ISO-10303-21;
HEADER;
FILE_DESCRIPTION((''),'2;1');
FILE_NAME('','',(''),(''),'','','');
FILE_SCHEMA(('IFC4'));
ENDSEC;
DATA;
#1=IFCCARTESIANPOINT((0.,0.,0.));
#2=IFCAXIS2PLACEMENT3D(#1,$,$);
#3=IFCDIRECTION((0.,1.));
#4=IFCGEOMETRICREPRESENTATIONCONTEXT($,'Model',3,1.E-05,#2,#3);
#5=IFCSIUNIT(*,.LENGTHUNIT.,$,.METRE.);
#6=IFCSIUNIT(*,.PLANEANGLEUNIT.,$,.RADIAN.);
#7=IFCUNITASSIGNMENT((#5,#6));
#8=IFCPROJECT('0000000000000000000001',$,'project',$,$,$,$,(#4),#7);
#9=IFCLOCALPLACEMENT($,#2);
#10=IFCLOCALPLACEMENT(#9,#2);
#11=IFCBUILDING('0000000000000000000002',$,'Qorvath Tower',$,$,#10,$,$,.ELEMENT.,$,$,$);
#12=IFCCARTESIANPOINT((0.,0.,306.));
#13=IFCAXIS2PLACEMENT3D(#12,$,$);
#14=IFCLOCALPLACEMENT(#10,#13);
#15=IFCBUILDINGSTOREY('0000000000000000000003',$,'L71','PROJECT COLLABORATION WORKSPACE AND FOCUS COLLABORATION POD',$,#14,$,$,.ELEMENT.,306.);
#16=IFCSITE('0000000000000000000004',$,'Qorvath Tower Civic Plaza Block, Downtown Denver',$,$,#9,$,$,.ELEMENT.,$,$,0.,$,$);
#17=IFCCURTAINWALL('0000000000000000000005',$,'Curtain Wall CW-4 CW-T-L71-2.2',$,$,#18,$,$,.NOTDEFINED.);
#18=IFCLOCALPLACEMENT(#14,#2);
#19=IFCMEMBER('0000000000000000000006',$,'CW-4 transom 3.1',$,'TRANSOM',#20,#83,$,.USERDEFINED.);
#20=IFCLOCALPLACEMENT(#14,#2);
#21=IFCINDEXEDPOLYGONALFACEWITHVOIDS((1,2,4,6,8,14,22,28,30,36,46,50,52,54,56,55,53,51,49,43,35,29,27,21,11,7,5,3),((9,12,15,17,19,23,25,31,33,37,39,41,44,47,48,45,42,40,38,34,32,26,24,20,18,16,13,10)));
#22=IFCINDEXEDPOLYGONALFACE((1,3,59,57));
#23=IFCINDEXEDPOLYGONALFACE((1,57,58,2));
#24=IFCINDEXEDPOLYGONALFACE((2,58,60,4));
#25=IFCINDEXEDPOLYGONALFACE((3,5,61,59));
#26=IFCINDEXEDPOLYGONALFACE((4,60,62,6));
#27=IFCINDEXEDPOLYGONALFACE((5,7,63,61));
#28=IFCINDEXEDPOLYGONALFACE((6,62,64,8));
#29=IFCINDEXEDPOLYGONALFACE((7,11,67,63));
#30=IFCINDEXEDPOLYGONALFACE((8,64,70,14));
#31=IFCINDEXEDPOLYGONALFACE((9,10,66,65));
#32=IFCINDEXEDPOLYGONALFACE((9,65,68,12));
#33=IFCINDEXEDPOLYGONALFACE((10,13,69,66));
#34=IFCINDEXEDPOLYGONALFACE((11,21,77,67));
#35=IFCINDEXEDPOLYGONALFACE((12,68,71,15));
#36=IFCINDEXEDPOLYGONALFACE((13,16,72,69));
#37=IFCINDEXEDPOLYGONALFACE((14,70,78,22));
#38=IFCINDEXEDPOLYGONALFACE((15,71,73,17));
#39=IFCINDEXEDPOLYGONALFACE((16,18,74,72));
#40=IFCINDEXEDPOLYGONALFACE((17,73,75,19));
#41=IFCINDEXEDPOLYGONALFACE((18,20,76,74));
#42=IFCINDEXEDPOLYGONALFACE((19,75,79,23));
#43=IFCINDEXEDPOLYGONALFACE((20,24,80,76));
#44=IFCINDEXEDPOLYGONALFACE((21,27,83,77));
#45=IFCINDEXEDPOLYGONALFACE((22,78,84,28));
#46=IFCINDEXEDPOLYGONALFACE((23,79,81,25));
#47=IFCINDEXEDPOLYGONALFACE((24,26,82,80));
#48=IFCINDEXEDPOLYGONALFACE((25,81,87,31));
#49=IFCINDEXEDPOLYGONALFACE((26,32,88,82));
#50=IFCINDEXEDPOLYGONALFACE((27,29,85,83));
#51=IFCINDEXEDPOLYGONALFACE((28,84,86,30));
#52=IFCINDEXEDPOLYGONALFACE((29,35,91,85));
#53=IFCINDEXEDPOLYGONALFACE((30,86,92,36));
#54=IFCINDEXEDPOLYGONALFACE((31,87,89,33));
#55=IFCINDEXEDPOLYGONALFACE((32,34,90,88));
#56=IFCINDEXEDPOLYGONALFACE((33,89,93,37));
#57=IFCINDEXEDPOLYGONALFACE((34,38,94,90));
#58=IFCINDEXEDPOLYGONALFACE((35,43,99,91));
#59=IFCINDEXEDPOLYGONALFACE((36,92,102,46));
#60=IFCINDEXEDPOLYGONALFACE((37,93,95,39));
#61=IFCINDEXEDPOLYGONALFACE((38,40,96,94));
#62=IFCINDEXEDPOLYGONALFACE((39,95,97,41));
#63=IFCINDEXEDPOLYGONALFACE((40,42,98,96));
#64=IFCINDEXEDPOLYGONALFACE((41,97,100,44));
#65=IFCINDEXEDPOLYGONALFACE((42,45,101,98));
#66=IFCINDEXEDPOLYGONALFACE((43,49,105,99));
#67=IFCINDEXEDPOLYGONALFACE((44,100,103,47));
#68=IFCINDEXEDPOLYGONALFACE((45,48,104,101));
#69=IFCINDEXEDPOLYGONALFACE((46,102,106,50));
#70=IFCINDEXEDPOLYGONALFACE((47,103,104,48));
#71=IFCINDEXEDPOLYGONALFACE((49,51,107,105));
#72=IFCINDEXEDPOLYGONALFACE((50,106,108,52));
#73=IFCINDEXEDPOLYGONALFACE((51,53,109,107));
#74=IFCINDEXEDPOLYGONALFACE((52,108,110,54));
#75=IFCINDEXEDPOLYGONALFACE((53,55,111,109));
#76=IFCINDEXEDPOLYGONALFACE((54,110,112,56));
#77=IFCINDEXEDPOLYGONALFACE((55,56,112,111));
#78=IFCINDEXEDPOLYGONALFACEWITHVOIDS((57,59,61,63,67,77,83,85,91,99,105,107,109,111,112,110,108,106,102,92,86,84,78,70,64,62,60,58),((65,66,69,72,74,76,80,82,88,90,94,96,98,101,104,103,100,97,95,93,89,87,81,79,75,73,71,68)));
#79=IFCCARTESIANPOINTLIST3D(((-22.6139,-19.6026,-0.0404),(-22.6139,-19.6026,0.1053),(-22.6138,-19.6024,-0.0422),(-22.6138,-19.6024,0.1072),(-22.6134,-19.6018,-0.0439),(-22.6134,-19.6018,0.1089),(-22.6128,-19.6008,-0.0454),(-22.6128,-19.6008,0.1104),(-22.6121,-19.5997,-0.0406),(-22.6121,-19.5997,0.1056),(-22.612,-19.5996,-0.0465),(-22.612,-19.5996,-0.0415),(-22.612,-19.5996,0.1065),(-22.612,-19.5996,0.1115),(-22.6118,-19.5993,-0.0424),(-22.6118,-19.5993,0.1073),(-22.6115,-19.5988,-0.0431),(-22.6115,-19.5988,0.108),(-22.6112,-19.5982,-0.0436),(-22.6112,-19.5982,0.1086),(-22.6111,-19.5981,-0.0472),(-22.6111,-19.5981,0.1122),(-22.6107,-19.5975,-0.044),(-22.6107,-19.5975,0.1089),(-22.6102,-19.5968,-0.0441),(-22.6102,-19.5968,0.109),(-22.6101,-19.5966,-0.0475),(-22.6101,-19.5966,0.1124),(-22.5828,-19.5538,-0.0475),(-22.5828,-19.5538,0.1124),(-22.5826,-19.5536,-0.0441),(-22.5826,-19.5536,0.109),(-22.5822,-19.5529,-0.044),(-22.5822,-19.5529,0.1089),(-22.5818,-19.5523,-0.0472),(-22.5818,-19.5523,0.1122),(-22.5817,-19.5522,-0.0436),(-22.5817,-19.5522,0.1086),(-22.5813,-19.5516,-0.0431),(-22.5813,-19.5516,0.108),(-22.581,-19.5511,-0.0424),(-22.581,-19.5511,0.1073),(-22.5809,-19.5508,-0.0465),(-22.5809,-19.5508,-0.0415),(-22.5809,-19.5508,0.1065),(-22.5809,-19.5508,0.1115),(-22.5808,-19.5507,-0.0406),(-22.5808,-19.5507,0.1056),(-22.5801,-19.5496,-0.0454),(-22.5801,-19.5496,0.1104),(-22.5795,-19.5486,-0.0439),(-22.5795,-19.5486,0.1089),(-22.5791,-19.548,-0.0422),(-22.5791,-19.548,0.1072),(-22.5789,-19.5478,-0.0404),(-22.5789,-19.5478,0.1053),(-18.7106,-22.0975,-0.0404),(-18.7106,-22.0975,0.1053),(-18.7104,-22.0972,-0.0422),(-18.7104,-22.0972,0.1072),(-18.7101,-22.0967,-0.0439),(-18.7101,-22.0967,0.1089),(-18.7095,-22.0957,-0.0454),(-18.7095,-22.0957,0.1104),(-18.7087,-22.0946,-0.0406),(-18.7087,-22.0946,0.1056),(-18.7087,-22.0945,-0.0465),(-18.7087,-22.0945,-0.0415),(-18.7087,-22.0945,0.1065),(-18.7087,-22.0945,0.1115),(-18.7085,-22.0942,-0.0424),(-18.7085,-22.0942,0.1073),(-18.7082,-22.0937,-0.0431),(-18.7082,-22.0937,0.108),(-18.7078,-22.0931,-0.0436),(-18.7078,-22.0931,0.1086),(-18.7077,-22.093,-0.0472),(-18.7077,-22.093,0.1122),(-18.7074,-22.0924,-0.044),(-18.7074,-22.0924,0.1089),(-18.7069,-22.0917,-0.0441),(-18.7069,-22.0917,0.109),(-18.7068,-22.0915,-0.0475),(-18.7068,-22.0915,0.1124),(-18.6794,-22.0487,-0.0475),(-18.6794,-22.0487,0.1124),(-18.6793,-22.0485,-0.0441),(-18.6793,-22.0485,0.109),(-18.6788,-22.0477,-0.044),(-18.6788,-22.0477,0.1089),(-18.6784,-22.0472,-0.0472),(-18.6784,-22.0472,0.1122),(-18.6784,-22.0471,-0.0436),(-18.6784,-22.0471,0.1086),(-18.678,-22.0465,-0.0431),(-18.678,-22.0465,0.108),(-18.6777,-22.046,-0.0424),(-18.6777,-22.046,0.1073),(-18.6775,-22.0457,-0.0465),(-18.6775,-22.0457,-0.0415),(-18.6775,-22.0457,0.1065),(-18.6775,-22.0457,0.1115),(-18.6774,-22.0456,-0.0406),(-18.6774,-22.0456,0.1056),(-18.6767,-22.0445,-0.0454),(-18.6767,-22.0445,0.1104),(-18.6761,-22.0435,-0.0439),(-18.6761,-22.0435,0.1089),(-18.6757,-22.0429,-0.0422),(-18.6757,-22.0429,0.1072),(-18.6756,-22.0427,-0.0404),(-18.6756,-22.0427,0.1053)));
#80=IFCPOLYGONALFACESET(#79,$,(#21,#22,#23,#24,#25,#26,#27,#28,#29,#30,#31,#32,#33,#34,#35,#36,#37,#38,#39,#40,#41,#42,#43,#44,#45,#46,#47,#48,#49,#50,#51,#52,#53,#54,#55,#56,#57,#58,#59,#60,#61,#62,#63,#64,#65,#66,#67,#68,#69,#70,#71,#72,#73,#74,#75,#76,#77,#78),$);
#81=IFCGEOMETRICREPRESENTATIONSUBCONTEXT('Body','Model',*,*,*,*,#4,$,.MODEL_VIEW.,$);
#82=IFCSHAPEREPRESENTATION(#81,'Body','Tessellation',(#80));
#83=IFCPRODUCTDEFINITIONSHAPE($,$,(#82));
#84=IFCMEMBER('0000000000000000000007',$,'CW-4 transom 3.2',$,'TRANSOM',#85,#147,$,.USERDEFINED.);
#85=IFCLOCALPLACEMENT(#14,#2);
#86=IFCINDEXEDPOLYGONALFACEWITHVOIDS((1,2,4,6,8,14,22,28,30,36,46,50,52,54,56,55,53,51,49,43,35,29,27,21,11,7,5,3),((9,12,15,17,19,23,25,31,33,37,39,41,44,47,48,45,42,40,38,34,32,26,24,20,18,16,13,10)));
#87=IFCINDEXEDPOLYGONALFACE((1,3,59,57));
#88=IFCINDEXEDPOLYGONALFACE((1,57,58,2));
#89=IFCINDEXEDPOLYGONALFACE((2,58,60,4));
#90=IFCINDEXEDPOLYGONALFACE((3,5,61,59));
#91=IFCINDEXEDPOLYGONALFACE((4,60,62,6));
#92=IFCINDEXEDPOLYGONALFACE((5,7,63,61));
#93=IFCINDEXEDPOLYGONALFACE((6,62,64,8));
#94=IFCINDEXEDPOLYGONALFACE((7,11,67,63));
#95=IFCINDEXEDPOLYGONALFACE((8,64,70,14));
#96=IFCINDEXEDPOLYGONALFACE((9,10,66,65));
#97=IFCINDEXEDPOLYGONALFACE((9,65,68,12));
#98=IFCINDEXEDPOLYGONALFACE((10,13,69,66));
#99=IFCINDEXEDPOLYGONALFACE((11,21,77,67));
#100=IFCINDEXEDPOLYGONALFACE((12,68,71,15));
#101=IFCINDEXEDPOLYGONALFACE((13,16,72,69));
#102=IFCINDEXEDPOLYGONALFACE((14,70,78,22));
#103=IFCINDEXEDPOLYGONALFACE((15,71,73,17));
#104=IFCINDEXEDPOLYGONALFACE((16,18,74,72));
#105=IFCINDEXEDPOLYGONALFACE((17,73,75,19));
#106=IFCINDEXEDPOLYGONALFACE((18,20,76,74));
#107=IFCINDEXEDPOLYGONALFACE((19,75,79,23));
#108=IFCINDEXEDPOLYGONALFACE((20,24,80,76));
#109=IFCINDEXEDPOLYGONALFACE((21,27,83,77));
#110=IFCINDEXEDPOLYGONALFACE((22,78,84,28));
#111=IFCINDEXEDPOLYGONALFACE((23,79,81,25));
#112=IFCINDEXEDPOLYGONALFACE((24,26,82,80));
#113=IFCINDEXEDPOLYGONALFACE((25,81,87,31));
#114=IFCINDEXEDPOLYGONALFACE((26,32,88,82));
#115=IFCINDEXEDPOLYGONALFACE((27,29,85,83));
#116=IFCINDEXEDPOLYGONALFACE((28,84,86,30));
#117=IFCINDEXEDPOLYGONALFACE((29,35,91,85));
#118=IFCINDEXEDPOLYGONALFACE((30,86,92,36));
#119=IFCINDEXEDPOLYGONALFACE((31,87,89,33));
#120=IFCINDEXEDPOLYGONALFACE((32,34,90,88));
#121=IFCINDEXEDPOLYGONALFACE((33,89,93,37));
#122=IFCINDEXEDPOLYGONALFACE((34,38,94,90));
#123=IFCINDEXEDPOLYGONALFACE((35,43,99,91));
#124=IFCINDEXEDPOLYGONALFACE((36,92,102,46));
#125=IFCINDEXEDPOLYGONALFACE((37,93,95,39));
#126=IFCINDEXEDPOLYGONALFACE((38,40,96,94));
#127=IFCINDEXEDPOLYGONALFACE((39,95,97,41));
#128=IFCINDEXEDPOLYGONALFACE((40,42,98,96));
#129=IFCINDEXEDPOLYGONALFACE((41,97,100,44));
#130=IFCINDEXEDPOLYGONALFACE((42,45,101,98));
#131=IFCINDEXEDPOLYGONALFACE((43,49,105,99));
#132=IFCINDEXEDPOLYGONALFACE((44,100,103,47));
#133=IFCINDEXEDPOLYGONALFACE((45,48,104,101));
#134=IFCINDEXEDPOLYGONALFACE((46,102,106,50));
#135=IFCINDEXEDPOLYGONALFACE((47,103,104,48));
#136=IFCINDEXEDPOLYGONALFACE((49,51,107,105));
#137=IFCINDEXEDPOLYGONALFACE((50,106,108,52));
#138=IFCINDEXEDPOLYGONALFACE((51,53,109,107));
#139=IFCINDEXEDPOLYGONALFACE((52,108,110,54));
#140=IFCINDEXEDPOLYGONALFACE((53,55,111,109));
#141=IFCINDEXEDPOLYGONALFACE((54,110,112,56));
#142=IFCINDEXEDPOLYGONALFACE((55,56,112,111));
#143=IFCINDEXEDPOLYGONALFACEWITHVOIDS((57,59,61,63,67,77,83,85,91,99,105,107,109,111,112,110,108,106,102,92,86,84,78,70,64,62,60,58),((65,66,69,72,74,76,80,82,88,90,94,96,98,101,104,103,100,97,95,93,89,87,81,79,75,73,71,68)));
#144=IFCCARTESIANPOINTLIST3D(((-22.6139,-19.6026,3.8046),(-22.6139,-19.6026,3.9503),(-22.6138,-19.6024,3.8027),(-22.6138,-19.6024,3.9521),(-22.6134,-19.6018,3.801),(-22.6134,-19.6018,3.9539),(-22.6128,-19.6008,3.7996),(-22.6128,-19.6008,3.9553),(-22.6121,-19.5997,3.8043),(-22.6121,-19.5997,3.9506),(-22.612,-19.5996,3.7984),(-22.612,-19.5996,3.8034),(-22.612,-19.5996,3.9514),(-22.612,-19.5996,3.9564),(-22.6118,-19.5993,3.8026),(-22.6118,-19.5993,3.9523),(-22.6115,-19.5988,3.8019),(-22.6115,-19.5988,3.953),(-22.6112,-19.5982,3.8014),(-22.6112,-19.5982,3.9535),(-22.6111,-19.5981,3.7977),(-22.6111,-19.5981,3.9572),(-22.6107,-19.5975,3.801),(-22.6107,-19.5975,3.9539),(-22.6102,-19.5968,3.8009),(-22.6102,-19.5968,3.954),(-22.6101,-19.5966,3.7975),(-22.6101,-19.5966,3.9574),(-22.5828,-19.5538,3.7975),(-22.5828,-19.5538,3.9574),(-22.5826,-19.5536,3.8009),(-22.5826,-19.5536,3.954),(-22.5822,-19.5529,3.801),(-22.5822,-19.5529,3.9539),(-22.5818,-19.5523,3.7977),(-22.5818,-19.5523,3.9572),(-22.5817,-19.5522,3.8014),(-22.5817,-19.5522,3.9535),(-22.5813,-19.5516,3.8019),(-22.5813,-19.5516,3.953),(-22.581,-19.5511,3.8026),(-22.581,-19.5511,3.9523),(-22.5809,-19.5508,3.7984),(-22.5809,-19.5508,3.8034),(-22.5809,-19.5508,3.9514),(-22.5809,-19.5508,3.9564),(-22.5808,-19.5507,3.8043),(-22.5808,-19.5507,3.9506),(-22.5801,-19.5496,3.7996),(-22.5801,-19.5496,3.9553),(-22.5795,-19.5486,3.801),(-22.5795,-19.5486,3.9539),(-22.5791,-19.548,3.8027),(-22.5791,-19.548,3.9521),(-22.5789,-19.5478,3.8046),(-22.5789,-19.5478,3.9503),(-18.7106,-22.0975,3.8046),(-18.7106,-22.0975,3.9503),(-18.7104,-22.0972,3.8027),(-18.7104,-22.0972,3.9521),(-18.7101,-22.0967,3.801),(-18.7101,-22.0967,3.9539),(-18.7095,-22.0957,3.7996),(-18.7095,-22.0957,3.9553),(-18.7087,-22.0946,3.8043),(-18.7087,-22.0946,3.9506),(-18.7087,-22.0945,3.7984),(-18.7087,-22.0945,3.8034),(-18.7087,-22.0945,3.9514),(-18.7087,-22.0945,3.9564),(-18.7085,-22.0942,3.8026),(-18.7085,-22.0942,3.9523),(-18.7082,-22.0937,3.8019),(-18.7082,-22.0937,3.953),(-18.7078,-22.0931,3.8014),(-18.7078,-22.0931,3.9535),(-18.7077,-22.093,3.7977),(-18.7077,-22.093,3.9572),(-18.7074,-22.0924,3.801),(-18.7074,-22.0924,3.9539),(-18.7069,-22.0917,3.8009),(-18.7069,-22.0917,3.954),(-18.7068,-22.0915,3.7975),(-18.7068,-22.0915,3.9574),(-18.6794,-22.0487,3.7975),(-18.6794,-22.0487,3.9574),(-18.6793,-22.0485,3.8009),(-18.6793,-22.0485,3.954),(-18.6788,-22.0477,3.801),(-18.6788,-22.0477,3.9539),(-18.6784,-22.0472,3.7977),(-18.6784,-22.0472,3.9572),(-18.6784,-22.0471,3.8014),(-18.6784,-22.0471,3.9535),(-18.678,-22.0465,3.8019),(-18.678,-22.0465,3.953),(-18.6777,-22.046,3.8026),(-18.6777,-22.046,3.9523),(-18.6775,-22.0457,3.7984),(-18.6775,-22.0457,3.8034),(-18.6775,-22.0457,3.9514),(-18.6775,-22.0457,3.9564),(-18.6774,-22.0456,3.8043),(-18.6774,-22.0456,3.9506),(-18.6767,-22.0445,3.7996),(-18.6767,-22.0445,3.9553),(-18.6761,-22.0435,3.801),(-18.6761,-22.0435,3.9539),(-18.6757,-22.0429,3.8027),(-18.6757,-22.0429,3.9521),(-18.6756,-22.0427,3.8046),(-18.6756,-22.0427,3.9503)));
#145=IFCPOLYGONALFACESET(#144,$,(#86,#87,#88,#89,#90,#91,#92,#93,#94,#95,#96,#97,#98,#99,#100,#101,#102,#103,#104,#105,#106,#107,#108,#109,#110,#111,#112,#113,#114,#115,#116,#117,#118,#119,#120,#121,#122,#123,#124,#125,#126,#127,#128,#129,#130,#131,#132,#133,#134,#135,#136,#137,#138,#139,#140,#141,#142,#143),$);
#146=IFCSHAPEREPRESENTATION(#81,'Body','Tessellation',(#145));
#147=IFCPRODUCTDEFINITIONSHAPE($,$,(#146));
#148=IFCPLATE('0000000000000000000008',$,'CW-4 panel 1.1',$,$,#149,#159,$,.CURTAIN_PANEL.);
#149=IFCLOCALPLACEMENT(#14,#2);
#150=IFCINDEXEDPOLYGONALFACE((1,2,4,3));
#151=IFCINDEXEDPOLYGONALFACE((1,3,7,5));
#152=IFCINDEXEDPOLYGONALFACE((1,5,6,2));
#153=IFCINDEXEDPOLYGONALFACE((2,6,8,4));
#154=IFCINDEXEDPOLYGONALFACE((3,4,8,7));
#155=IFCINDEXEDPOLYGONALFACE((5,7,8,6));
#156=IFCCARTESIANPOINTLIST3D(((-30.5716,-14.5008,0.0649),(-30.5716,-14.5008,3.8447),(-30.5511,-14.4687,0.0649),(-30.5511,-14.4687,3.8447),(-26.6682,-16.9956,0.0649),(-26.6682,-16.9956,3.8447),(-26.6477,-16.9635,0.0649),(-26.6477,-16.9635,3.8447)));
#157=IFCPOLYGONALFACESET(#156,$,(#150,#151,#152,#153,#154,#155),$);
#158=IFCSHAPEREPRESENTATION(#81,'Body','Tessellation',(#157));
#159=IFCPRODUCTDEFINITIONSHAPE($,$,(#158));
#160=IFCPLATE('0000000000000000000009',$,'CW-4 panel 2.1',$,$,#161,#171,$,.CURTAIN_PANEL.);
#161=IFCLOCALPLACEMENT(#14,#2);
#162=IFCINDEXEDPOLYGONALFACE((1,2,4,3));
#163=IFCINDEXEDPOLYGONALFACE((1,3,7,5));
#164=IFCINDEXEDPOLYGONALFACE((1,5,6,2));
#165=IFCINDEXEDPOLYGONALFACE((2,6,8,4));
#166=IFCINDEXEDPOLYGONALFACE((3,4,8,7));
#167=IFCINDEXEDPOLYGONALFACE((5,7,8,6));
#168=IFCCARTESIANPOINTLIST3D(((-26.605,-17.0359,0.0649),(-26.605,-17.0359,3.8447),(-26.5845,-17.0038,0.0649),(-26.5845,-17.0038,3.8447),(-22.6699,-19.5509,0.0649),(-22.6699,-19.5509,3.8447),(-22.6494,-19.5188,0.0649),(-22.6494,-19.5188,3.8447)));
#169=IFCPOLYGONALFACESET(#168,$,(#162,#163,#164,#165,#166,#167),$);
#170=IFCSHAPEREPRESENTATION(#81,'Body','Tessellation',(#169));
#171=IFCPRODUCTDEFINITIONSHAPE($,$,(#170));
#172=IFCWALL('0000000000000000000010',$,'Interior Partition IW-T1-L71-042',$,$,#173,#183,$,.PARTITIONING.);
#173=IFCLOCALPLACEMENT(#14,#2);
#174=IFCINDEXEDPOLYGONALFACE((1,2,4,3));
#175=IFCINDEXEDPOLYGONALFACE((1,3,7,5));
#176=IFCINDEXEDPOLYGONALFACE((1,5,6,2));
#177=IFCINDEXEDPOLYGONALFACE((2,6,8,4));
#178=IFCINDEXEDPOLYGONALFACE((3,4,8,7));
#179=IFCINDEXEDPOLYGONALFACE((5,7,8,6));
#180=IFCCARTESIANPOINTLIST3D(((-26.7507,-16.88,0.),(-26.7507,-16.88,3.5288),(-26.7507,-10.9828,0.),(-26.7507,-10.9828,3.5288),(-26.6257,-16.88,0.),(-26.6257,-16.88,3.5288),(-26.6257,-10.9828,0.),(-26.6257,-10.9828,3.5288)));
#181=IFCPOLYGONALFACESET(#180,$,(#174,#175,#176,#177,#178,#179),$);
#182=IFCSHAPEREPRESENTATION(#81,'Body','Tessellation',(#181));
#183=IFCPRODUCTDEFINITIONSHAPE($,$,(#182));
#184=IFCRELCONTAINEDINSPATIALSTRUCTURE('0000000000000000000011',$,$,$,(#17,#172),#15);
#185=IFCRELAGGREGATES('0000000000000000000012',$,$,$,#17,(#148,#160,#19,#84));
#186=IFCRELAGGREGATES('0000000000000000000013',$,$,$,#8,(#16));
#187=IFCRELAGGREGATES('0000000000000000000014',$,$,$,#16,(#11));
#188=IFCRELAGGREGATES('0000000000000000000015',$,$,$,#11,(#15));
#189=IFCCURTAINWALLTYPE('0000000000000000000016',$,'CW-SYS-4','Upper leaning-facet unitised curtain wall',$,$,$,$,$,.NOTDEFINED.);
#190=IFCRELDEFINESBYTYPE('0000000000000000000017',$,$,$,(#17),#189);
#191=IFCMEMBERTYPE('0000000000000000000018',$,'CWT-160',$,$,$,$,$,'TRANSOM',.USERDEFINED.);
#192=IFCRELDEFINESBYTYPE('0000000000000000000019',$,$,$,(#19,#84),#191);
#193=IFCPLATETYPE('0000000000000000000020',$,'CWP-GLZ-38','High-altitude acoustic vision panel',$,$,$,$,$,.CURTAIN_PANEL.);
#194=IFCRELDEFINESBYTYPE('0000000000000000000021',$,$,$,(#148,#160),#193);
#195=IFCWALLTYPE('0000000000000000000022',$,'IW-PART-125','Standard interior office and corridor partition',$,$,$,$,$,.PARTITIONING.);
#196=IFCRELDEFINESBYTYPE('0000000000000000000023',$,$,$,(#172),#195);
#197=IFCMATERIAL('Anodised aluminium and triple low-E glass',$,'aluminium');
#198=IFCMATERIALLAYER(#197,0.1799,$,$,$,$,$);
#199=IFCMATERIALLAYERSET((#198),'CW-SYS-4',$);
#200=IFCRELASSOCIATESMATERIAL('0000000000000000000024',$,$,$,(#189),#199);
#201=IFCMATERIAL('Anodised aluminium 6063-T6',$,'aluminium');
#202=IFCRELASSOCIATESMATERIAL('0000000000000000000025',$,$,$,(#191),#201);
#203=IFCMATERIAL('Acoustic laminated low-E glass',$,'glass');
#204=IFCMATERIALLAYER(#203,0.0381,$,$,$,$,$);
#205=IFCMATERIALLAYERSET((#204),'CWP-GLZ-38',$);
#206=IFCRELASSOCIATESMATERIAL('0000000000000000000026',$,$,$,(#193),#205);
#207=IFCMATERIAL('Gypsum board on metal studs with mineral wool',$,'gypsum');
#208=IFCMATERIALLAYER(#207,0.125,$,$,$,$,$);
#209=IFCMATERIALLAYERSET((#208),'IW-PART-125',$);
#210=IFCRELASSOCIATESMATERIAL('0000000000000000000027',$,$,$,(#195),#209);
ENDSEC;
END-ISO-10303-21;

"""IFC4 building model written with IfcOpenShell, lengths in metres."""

from ifc_helpers import new_model, si_unit, direction, frame, frame_2d, origin, origin_2d, place, context, subcontext, project, spatial, rectangle, hollow_rectangle, extrude, material, layer, layer_set, material_profile, profile_set, type_object, element, aggregate, save


model = new_model("IFC4")

# Units and contexts
model_context = context("Model", 3, precision=1e-05, world=origin(), true_north=direction((0.0, 1.0)))
body_context = subcontext(model_context, "Body", "Model", "MODEL_VIEW")
ifc_project = project(units=[si_unit("LENGTHUNIT", "METRE"), si_unit("PLANEANGLEUNIT", "RADIAN")], contexts=[model_context])

# Site, building, storey
site_placement = place(None, origin())
site = spatial("IfcSite", under=ifc_project, at=site_placement, Name="Qorvath Tower Civic Plaza Block, Downtown Denver", CompositionType="ELEMENT", RefElevation=0.0)
building_placement = place(site_placement, origin())
building = spatial("IfcBuilding", under=site, at=building_placement, Name="Qorvath Tower", CompositionType="ELEMENT")
storey_placement = place(building_placement, frame((0.0, 0.0, 306.0)))
storey = spatial("IfcBuildingStorey", under=building, at=storey_placement, Name="L71", Description="PROJECT COLLABORATION WORKSPACE AND FOCUS COLLABORATION POD", CompositionType="ELEMENT", Elevation=306.0)

# Curtain wall, members, plates
ifc_material_1 = material(Name="Anodised aluminium and triple low-E glass", Category="aluminium")
ifc_layer_1 = layer(ifc_material_1, 0.1799)
ifc_layer_set_1 = layer_set([ifc_layer_1], Name="CW-SYS-4")
curtain_wall_type = type_object("IfcCurtainWallType", Name="CW-SYS-4", Description="Upper leaning-facet unitised curtain wall", PredefinedType="NOTDEFINED", material=ifc_layer_set_1)
curtain_wall_placement = place(storey_placement, origin())
curtain_wall = element("IfcCurtainWall", 1, at=curtain_wall_placement, inside=storey, type_object=curtain_wall_type, Name="Curtain Wall CW-4 CW-T-L71-2.2", PredefinedType="NOTDEFINED")
ifc_material_2 = material(Name="Anodised aluminium 6063-T6", Category="aluminium")
ifc_material_profile_1 = material_profile(ifc_material_2, hollow_rectangle(XDim=0.0649, YDim=0.1599, WallThickness=0.0034, InnerFilletRadius=0.0034, OuterFilletRadius=0.0071, at=origin_2d()), Name="CWT 160x65")
ifc_profile_set_1 = profile_set([ifc_material_profile_1], Name="Anodised aluminium 6063-T6")
member_type_1 = type_object("IfcMemberType", Name="CWT-160", ElementType="TRANSOM", PredefinedType="USERDEFINED", material=ifc_profile_set_1)
member_1_placement = place(storey_placement, frame((-22.5964, -19.5752, 0.0325), z_axis=(0.84259, -0.538556, 0.0), x_axis=(0.538556, 0.84259, 0.0)))
member_1 = element("IfcMember", 2, at=member_1_placement, type_object=member_type_1, Name="CW-4 transom 3.1", ObjectType="TRANSOM", PredefinedType="USERDEFINED", context=body_context, shape_type="SweptSolid", body=[
    extrude(hollow_rectangle(XDim=0.0649, YDim=0.1599, WallThickness=0.0034, InnerFilletRadius=0.0034, OuterFilletRadius=0.0071, at=origin_2d()), origin(), (0.0, 0.0, 1.0), 4.6326),
])
member_2_placement = place(storey_placement, frame((-22.5964, -19.5752, 3.8774), z_axis=(0.84259, -0.538556, 0.0), x_axis=(0.538556, 0.84259, 0.0)))
member_2 = element("IfcMember", 3, at=member_2_placement, type_object=member_type_1, Name="CW-4 transom 3.2", ObjectType="TRANSOM", PredefinedType="USERDEFINED", context=body_context, shape_type="SweptSolid", body=[
    extrude(hollow_rectangle(XDim=0.0649, YDim=0.1599, WallThickness=0.0034, InnerFilletRadius=0.0034, OuterFilletRadius=0.0071, at=origin_2d()), origin(), (0.0, 0.0, 1.0), 4.6326),
])
ifc_material_3 = material(Name="Acoustic laminated low-E glass", Category="glass")
ifc_layer_2 = layer(ifc_material_3, 0.0381)
ifc_layer_set_2 = layer_set([ifc_layer_2], Name="CWP-GLZ-38")
plate_type = type_object("IfcPlateType", Name="CWP-GLZ-38", Description="High-altitude acoustic vision panel", PredefinedType="CURTAIN_PANEL", material=ifc_layer_set_2)
plate_1_placement = place(storey_placement, frame((-28.6096, -15.7322, 0.0649), z_axis=(0.0, 0.0, 1.0), x_axis=(0.842604, -0.538533, 0.0)))
plate_1 = element("IfcPlate", 4, at=plate_1_placement, type_object=plate_type, Name="CW-4 panel 1.1", PredefinedType="CURTAIN_PANEL", context=body_context, shape_type="SweptSolid", body=[
    extrude(rectangle(XDim=4.6326, YDim=0.0381, at=origin_2d()), origin(), (0.0, 0.0, 1.0), 3.7798),
])
plate_2_placement = place(storey_placement, frame((-24.6272, -18.2773, 0.0649), z_axis=(0.0, 0.0, 1.0), x_axis=(0.842604, -0.538533, 0.0)))
plate_2 = element("IfcPlate", 5, at=plate_2_placement, type_object=plate_type, Name="CW-4 panel 2.1", PredefinedType="CURTAIN_PANEL", context=body_context, shape_type="SweptSolid", body=[
    extrude(rectangle(XDim=4.6702, YDim=0.0381, at=origin_2d()), origin(), (0.0, 0.0, 1.0), 3.7798),
])
aggregate(curtain_wall, [plate_1, plate_2, member_1, member_2])

# Wall
ifc_material_4 = material(Name="Gypsum board on metal studs with mineral wool", Category="gypsum")
ifc_layer_3 = layer(ifc_material_4, 0.125)
ifc_layer_set_3 = layer_set([ifc_layer_3], Name="IW-PART-125")
wall_type = type_object("IfcWallType", Name="IW-PART-125", Description="Standard interior office and corridor partition", PredefinedType="PARTITIONING", material=ifc_layer_set_3)
wall_1_placement = place(storey_placement, frame((-26.6882, -16.8801, 0.0), z_axis=(0.0, 0.0, 1.0), x_axis=(0.0, 1.0, 0.0)))
element("IfcWall", 6, at=wall_1_placement, inside=storey, type_object=wall_type, Name="Interior Partition IW-T1-L71-042", PredefinedType="PARTITIONING", context=body_context, shape_type="SweptSolid", body=[
    extrude(rectangle(XDim=5.8972, YDim=0.125, at=frame_2d((2.9487, 0.0))), origin(), (0.0, 0.0, 1.0), 3.5288),
])

save(model, "model.ifc")
